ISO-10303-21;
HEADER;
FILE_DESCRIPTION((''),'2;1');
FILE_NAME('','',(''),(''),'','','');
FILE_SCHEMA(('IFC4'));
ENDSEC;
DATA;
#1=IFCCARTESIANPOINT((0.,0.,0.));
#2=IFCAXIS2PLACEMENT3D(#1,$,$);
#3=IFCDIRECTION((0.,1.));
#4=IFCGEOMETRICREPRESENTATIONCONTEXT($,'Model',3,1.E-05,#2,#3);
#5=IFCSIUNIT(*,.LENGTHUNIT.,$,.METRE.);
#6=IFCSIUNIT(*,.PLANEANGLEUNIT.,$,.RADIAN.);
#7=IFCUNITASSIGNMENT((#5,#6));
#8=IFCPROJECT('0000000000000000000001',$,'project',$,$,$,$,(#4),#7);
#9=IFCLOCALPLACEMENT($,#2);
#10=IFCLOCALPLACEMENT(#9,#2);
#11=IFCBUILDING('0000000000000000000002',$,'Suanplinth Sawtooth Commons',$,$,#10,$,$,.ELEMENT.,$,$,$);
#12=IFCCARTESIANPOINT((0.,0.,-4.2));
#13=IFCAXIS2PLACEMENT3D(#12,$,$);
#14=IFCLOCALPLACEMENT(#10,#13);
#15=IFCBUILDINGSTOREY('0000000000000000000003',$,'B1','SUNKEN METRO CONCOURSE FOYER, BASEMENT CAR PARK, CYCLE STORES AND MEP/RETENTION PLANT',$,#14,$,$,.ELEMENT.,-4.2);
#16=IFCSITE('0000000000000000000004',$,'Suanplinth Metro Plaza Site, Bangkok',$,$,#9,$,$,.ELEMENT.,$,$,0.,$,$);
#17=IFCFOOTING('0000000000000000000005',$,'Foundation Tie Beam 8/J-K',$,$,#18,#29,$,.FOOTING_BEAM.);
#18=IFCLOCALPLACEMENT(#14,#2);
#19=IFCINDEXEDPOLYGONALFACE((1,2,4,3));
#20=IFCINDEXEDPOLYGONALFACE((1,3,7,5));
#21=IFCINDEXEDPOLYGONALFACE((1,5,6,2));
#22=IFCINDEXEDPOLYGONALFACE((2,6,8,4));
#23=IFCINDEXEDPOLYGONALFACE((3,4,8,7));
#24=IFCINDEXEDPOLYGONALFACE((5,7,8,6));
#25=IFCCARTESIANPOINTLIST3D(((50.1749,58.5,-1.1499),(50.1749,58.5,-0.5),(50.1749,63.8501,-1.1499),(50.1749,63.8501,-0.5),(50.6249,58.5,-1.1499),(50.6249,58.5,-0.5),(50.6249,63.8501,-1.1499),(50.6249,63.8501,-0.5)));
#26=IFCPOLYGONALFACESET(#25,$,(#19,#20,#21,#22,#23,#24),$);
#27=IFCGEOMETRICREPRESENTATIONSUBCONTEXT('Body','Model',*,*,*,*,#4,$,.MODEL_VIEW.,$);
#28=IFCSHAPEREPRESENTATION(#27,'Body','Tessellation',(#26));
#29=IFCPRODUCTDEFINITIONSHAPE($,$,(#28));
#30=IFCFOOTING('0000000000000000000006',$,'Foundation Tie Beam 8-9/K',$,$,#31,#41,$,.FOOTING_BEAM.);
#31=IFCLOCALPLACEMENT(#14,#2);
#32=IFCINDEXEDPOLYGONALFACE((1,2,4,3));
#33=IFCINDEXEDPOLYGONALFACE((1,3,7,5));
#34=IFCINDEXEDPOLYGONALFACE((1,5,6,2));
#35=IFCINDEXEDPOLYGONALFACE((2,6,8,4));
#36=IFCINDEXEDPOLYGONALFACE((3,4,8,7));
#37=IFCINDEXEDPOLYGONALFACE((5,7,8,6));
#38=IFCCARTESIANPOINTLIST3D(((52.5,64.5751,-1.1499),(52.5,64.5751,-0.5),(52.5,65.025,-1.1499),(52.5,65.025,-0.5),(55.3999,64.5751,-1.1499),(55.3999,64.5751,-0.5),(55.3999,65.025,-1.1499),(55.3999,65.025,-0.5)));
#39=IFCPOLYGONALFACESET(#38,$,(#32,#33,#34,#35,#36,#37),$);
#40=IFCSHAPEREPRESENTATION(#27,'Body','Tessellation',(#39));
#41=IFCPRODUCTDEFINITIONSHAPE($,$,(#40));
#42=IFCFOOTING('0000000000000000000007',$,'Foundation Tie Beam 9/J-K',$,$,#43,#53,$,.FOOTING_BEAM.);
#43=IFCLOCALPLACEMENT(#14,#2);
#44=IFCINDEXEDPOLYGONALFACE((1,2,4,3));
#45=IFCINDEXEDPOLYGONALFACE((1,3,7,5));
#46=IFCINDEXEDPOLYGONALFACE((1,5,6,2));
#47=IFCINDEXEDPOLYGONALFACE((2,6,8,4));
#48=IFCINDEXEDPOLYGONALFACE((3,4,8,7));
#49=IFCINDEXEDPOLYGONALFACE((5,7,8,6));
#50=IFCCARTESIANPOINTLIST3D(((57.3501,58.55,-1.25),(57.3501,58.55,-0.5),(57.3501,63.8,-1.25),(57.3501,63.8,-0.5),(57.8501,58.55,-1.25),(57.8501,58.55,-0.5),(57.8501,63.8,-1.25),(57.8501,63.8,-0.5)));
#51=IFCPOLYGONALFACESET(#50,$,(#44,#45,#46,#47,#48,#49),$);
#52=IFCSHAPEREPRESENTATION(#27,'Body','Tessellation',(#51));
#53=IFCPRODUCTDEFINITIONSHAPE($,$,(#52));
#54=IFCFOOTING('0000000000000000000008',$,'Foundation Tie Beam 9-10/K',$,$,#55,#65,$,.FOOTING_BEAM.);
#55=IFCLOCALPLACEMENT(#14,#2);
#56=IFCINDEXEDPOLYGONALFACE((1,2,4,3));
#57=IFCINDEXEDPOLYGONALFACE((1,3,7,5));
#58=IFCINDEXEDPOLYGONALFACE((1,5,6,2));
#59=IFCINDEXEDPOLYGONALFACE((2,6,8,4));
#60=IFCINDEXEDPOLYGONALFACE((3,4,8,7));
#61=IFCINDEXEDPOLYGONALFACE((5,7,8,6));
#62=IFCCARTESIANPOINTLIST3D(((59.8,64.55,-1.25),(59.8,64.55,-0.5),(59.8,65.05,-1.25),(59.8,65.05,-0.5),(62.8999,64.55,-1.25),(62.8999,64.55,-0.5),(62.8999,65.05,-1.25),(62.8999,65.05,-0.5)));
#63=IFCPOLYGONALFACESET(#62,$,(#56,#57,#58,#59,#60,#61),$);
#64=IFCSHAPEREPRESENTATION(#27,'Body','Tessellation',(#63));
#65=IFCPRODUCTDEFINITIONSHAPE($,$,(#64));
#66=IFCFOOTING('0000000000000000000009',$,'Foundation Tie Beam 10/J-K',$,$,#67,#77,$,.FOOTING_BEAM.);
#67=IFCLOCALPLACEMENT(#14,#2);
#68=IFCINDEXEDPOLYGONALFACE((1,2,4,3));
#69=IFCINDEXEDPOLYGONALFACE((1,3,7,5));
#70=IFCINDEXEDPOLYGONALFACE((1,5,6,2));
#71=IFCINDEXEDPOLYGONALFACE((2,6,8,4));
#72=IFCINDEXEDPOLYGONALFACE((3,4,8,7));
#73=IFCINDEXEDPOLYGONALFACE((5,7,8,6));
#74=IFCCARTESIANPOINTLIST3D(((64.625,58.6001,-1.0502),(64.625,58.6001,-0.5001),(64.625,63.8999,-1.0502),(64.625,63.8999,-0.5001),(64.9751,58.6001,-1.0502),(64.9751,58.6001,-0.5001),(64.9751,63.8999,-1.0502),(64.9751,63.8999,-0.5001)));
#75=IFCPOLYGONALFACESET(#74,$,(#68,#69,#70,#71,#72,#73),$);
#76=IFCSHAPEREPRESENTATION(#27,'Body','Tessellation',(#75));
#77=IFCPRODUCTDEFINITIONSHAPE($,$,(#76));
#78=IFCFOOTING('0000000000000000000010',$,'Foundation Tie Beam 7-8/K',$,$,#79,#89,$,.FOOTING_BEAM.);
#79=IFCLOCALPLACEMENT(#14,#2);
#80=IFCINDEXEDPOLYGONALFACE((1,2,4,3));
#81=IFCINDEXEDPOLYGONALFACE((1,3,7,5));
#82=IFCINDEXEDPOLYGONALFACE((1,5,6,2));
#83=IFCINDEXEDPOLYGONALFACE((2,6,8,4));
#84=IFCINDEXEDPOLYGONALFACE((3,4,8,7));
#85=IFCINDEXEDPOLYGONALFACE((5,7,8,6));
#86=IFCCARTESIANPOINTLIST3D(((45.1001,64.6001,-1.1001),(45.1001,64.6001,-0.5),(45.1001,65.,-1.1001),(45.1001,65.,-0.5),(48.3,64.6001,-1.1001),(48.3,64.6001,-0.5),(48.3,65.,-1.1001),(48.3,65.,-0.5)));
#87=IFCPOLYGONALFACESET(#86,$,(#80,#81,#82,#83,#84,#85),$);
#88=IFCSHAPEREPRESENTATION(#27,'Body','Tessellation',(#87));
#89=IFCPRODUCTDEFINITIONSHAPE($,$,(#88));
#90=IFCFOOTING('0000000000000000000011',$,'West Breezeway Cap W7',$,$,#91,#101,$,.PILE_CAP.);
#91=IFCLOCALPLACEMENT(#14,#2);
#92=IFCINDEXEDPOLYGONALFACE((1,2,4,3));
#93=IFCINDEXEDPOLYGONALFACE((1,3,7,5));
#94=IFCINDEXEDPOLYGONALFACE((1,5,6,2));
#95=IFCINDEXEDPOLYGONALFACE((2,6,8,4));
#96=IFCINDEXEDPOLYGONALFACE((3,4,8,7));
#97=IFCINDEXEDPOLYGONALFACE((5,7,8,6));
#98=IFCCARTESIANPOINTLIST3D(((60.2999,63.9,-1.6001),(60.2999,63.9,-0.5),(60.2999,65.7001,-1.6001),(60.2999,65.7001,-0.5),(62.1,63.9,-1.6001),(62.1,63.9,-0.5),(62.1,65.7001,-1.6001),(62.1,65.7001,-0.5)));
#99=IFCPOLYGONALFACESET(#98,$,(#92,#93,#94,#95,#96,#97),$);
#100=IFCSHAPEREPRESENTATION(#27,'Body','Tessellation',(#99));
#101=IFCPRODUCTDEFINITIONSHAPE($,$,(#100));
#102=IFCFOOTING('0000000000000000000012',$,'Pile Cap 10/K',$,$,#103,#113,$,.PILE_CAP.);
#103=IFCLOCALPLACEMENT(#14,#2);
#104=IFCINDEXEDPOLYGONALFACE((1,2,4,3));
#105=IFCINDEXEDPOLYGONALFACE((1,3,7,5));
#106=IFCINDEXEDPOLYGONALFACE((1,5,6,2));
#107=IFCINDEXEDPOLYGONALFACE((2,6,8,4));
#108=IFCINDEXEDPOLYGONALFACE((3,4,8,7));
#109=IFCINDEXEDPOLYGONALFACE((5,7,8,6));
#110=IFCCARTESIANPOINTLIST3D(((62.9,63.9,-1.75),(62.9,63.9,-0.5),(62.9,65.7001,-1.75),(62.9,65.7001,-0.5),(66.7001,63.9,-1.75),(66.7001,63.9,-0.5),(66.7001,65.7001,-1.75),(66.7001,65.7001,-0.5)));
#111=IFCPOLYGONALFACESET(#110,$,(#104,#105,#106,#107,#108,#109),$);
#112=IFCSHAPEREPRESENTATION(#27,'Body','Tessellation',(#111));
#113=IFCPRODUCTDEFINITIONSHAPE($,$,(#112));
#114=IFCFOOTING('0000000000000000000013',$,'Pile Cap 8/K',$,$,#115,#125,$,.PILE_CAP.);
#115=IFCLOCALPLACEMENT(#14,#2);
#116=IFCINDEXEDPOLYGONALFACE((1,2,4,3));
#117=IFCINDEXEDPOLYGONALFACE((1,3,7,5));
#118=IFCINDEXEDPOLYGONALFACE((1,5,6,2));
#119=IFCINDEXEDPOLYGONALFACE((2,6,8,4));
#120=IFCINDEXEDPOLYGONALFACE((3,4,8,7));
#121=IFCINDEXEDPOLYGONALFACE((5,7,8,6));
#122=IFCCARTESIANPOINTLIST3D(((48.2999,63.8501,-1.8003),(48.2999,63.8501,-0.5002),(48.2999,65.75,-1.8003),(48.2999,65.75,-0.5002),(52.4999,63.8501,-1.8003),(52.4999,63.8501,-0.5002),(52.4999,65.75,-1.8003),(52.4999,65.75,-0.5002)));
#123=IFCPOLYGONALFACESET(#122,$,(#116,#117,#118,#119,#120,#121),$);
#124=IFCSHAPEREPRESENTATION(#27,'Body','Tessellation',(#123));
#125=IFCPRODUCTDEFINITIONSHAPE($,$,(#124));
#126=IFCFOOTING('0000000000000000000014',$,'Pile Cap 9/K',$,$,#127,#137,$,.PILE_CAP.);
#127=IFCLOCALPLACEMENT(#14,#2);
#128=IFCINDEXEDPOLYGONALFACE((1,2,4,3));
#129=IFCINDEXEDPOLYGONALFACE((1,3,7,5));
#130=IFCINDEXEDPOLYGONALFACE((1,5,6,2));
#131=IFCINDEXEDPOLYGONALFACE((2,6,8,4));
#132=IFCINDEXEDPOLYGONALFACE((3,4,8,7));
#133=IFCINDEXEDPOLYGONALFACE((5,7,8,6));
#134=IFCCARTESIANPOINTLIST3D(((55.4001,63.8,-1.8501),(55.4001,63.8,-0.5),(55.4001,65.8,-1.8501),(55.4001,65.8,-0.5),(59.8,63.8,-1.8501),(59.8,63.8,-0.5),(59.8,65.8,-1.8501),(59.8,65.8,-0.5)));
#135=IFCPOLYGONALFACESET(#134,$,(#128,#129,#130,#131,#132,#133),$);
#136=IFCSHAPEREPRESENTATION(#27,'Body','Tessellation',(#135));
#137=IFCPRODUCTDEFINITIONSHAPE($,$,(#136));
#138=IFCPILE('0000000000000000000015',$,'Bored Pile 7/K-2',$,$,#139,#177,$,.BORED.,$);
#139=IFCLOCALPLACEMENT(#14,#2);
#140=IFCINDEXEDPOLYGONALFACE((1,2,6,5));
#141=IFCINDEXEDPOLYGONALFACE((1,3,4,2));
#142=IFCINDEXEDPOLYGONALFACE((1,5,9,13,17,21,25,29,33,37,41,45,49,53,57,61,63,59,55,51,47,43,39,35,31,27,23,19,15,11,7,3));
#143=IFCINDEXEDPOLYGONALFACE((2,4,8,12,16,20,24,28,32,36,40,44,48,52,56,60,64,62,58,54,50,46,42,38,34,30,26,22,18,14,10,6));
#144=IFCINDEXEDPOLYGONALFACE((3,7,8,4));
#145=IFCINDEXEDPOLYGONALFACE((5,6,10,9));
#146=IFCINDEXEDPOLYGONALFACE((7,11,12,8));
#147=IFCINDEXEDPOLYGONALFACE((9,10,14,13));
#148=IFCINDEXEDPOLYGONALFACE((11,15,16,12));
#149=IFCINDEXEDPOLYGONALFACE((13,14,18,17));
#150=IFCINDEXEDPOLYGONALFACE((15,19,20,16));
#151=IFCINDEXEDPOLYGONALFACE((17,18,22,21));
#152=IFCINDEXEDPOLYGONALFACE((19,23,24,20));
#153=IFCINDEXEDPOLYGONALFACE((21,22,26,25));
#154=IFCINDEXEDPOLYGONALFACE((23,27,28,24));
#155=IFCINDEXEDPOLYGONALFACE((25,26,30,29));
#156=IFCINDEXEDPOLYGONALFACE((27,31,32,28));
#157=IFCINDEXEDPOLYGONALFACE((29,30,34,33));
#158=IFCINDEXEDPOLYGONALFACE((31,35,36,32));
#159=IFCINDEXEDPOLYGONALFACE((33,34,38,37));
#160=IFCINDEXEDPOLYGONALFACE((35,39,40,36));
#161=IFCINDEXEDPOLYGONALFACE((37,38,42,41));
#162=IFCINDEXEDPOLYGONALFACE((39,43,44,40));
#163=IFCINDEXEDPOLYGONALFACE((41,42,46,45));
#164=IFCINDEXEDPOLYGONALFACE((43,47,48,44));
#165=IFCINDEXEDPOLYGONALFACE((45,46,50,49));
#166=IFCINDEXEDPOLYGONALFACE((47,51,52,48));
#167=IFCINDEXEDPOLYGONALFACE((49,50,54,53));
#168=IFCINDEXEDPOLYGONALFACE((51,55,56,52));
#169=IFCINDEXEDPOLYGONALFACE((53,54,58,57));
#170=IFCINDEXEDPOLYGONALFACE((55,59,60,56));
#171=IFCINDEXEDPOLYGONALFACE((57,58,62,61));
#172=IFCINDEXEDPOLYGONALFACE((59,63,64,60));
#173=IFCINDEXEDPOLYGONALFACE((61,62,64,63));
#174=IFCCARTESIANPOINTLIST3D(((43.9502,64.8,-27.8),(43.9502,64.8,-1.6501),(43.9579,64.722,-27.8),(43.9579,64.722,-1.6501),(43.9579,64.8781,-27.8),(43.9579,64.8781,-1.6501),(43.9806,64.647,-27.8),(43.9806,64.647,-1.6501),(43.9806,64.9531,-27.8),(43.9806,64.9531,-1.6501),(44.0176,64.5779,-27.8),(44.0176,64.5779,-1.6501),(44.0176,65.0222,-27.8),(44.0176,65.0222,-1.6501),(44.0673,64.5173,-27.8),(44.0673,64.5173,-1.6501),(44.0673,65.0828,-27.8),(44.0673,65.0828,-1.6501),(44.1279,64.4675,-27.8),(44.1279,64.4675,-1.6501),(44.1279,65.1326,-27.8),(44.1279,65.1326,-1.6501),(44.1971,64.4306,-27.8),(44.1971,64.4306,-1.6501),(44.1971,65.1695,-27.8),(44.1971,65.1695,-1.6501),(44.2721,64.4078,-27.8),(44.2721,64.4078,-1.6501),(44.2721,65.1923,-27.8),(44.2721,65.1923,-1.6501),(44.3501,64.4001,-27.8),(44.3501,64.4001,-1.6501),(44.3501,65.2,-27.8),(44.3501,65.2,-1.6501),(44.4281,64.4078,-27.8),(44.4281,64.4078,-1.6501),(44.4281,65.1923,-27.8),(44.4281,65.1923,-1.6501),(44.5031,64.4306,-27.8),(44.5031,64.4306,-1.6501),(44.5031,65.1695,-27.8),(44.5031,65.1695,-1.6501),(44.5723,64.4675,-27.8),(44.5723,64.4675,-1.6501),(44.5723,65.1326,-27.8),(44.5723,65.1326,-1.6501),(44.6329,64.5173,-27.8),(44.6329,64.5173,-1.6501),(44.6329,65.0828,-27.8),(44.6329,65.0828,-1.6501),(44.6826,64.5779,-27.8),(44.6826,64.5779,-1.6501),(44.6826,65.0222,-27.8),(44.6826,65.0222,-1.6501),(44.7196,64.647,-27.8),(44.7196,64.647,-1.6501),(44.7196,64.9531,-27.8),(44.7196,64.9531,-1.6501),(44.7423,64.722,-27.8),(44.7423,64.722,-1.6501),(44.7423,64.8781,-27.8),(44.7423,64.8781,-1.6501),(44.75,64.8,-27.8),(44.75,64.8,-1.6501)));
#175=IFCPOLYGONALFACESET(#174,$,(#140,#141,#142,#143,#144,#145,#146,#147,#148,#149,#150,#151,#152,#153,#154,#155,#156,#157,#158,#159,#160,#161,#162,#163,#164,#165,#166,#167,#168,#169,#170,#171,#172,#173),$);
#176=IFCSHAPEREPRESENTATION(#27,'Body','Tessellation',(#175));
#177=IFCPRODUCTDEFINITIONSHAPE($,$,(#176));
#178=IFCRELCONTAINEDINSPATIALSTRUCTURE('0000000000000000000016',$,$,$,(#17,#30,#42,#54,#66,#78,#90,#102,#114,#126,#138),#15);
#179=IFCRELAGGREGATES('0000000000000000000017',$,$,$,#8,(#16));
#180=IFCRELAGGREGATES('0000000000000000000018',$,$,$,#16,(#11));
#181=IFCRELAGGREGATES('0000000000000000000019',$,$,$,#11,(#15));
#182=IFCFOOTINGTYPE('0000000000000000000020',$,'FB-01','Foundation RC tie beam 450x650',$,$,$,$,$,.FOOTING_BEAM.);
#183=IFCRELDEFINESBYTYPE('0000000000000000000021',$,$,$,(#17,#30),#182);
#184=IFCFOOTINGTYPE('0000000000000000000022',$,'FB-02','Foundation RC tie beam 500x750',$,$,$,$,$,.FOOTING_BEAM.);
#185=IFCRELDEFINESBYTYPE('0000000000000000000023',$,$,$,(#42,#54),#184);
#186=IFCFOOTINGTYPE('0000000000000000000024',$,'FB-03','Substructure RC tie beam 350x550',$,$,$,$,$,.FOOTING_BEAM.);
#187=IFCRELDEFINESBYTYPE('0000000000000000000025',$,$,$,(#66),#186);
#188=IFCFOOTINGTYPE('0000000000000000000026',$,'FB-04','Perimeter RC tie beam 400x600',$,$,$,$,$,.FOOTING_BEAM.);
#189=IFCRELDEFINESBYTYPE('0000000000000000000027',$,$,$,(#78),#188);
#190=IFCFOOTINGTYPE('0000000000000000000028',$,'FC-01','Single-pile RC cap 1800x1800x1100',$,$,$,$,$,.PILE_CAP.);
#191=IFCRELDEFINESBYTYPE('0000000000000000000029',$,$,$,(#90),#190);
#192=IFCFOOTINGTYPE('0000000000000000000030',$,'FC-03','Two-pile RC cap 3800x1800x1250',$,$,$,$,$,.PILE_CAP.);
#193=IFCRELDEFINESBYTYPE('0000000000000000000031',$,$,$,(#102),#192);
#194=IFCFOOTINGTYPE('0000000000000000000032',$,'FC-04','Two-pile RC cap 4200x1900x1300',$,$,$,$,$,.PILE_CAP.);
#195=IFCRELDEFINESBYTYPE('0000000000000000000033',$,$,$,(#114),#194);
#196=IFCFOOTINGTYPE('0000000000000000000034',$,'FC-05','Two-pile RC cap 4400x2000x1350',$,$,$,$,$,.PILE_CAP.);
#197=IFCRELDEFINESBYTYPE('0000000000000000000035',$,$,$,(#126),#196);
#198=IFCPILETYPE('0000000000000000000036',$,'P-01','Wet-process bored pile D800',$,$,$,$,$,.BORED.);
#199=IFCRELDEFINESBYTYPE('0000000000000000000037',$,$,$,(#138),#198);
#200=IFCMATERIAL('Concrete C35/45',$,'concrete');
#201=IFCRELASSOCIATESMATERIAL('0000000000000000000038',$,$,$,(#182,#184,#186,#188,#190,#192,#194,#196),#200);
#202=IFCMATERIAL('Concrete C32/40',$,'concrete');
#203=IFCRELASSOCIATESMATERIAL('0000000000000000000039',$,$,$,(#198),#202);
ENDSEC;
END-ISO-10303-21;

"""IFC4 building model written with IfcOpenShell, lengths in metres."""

from ifc_helpers import new_model, si_unit, direction, frame, origin, origin_2d, place, context, subcontext, project, spatial, rectangle, circle, extrude, material, material_profile, profile_set, type_object, element, save


model = new_model("IFC4")

# Units and contexts
model_context = context("Model", 3, precision=1e-05, world=origin(), true_north=direction((0.0, 1.0)))
body_context = subcontext(model_context, "Body", "Model", "MODEL_VIEW")
ifc_project = project(units=[si_unit("LENGTHUNIT", "METRE"), si_unit("PLANEANGLEUNIT", "RADIAN")], contexts=[model_context])

# Site, building, storey
site_placement = place(None, origin())
site = spatial("IfcSite", under=ifc_project, at=site_placement, Name="Suanplinth Metro Plaza Site, Bangkok", CompositionType="ELEMENT", RefElevation=0.0)
building_placement = place(site_placement, origin())
building = spatial("IfcBuilding", under=site, at=building_placement, Name="Suanplinth Sawtooth Commons", CompositionType="ELEMENT")
storey_placement = place(building_placement, frame((0.0, 0.0, -4.2)))
storey = spatial("IfcBuildingStorey", under=building, at=storey_placement, Name="B1", Description="SUNKEN METRO CONCOURSE FOYER, BASEMENT CAR PARK, CYCLE STORES AND MEP/RETENTION PLANT", CompositionType="ELEMENT", Elevation=-4.2)

# Footings
ifc_material_1 = material(Name="Concrete C35/45", Category="concrete")
ifc_material_profile_1 = material_profile(ifc_material_1, rectangle(XDim=0.45, YDim=0.6499, at=origin_2d()), Name="PC-GDR 450x650")
ifc_profile_set_1 = profile_set([ifc_material_profile_1], Name="Concrete C35/45")
footing_type_1 = type_object("IfcFootingType", Name="FB-01", Description="Foundation RC tie beam 450x650", PredefinedType="FOOTING_BEAM", material=ifc_profile_set_1)
footing_1_placement = place(storey_placement, frame((50.3999, 58.5, -0.825), z_axis=(0.0, 1.0, 0.0), x_axis=(-1.0, 0.0, 0.0)))
element("IfcFooting", 1, at=footing_1_placement, inside=storey, type_object=footing_type_1, Name="Foundation Tie Beam 8/J-K", PredefinedType="FOOTING_BEAM", context=body_context, shape_type="SweptSolid", body=[
    extrude(rectangle(XDim=0.45, YDim=0.6499, at=origin_2d()), origin(), (0.0, 0.0, 1.0), 5.3501),
])
footing_2_placement = place(storey_placement, frame((52.5, 64.8, -0.825), z_axis=(1.0, 0.0, 0.0), x_axis=(0.0, 1.0, 0.0)))
element("IfcFooting", 2, at=footing_2_placement, inside=storey, type_object=footing_type_1, Name="Foundation Tie Beam 8-9/K", PredefinedType="FOOTING_BEAM", context=body_context, shape_type="SweptSolid", body=[
    extrude(rectangle(XDim=0.45, YDim=0.6499, at=origin_2d()), origin(), (0.0, 0.0, 1.0), 2.8999),
])
ifc_material_profile_2 = material_profile(ifc_material_1, rectangle(XDim=0.5, YDim=0.75, at=origin_2d()), Name="RC-GDR 500x750")
ifc_profile_set_2 = profile_set([ifc_material_profile_2], Name="Concrete C35/45")
footing_type_2 = type_object("IfcFootingType", Name="FB-02", Description="Foundation RC tie beam 500x750", PredefinedType="FOOTING_BEAM", material=ifc_profile_set_2)
footing_3_placement = place(storey_placement, frame((57.6001, 58.55, -0.875), z_axis=(0.0, 1.0, 0.0), x_axis=(-1.0, 0.0, 0.0)))
element("IfcFooting", 3, at=footing_3_placement, inside=storey, type_object=footing_type_2, Name="Foundation Tie Beam 9/J-K", PredefinedType="FOOTING_BEAM", context=body_context, shape_type="SweptSolid", body=[
    extrude(rectangle(XDim=0.5, YDim=0.75, at=origin_2d()), origin(), (0.0, 0.0, 1.0), 5.25),
])
footing_4_placement = place(storey_placement, frame((59.8, 64.8, -0.875), z_axis=(1.0, 0.0, 0.0), x_axis=(0.0, 1.0, 0.0)))
element("IfcFooting", 4, at=footing_4_placement, inside=storey, type_object=footing_type_2, Name="Foundation Tie Beam 9-10/K", PredefinedType="FOOTING_BEAM", context=body_context, shape_type="SweptSolid", body=[
    extrude(rectangle(XDim=0.5, YDim=0.75, at=origin_2d()), origin(), (0.0, 0.0, 1.0), 3.0999),
])
ifc_material_profile_3 = material_profile(ifc_material_1, rectangle(XDim=0.3501, YDim=0.55, at=origin_2d()), Name="PC-BM 350x550")
ifc_profile_set_3 = profile_set([ifc_material_profile_3], Name="Concrete C35/45")
footing_type_3 = type_object("IfcFootingType", Name="FB-03", Description="Substructure RC tie beam 350x550", PredefinedType="FOOTING_BEAM", material=ifc_profile_set_3)
footing_5_placement = place(storey_placement, frame((64.8, 58.6001, -0.7751), z_axis=(0.0, 1.0, 0.0), x_axis=(-1.0, 0.0, 0.0)))
element("IfcFooting", 5, at=footing_5_placement, inside=storey, type_object=footing_type_3, Name="Foundation Tie Beam 10/J-K", PredefinedType="FOOTING_BEAM", context=body_context, shape_type="SweptSolid", body=[
    extrude(rectangle(XDim=0.3501, YDim=0.55, at=origin_2d()), origin(), (0.0, 0.0, 1.0), 5.2998),
])
ifc_material_profile_4 = material_profile(ifc_material_1, rectangle(XDim=0.3999, YDim=0.6001, at=origin_2d()), Name="PC-GDR 400x600")
ifc_profile_set_4 = profile_set([ifc_material_profile_4], Name="Concrete C35/45")
footing_type_4 = type_object("IfcFootingType", Name="FB-04", Description="Perimeter RC tie beam 400x600", PredefinedType="FOOTING_BEAM", material=ifc_profile_set_4)
footing_6_placement = place(storey_placement, frame((45.1001, 64.8, -0.8), z_axis=(1.0, 0.0, 0.0), x_axis=(0.0, 1.0, 0.0)))
element("IfcFooting", 6, at=footing_6_placement, inside=storey, type_object=footing_type_4, Name="Foundation Tie Beam 7-8/K", PredefinedType="FOOTING_BEAM", context=body_context, shape_type="SweptSolid", body=[
    extrude(rectangle(XDim=0.3999, YDim=0.6001, at=origin_2d()), origin(), (0.0, 0.0, 1.0), 3.2),
])
footing_type_5 = type_object("IfcFootingType", Name="FC-01", Description="Single-pile RC cap 1800x1800x1100", PredefinedType="PILE_CAP", material=ifc_material_1)
footing_7_placement = place(storey_placement, frame((61.2, 64.8, -1.6001), z_axis=(0.0, 0.0, 1.0), x_axis=(1.0, 0.0, 0.0)))
element("IfcFooting", 7, at=footing_7_placement, inside=storey, type_object=footing_type_5, Name="West Breezeway Cap W7", PredefinedType="PILE_CAP", context=body_context, shape_type="SweptSolid", body=[
    extrude(rectangle(XDim=1.8, YDim=1.8, at=origin_2d()), origin(), (0.0, 0.0, 1.0), 1.1001),
])
footing_type_6 = type_object("IfcFootingType", Name="FC-03", Description="Two-pile RC cap 3800x1800x1250", PredefinedType="PILE_CAP", material=ifc_material_1)
footing_8_placement = place(storey_placement, frame((64.8, 64.8, -1.75), z_axis=(0.0, 0.0, 1.0), x_axis=(1.0, 0.0, 0.0)))
element("IfcFooting", 8, at=footing_8_placement, inside=storey, type_object=footing_type_6, Name="Pile Cap 10/K", PredefinedType="PILE_CAP", context=body_context, shape_type="SweptSolid", body=[
    extrude(rectangle(XDim=3.8, YDim=1.8, at=origin_2d()), origin(), (0.0, 0.0, 1.0), 1.25),
])
footing_type_7 = type_object("IfcFootingType", Name="FC-04", Description="Two-pile RC cap 4200x1900x1300", PredefinedType="PILE_CAP", material=ifc_material_1)
footing_9_placement = place(storey_placement, frame((50.3999, 64.8, -1.8003), z_axis=(0.0, 0.0, 1.0), x_axis=(1.0, 0.0, 0.0)))
element("IfcFooting", 9, at=footing_9_placement, inside=storey, type_object=footing_type_7, Name="Pile Cap 8/K", PredefinedType="PILE_CAP", context=body_context, shape_type="SweptSolid", body=[
    extrude(rectangle(XDim=4.2, YDim=1.8999, at=origin_2d()), origin(), (0.0, 0.0, 1.0), 1.3),
])
footing_type_8 = type_object("IfcFootingType", Name="FC-05", Description="Two-pile RC cap 4400x2000x1350", PredefinedType="PILE_CAP", material=ifc_material_1)
footing_10_placement = place(storey_placement, frame((57.6001, 64.8, -1.8501), z_axis=(0.0, 0.0, 1.0), x_axis=(1.0, 0.0, 0.0)))
element("IfcFooting", 10, at=footing_10_placement, inside=storey, type_object=footing_type_8, Name="Pile Cap 9/K", PredefinedType="PILE_CAP", context=body_context, shape_type="SweptSolid", body=[
    extrude(rectangle(XDim=4.3999, YDim=2.0, at=origin_2d()), origin(), (0.0, 0.0, 1.0), 1.3501),
])

# Pile
ifc_material_2 = material(Name="Concrete C32/40", Category="concrete")
ifc_material_profile_5 = material_profile(ifc_material_2, circle(Radius=0.3999, at=origin_2d()), Name="PILE D800")
ifc_profile_set_5 = profile_set([ifc_material_profile_5], Name="Concrete C32/40")
pile_type_1 = type_object("IfcPileType", Name="P-01", Description="Wet-process bored pile D800", PredefinedType="BORED", material=ifc_profile_set_5)
for number, where, z_axis, x_axis, name in (
    (11, (44.3501, 64.8, -1.6501), (0.0, 0.0, -1.0), (1.0, 0.0, 0.0), "Bored Pile 7/K-2"),
):
    element("IfcPile", number, at=place(storey_placement, frame(where, z_axis=z_axis, x_axis=x_axis)), inside=storey, type_object=pile_type_1, Name=name, PredefinedType="BORED", context=body_context, shape_type="SweptSolid", body=[
        extrude(circle(Radius=0.3999, at=origin_2d()), origin(), (0.0, 0.0, 1.0), 26.1499),
    ])

save(model, "model.ifc")
